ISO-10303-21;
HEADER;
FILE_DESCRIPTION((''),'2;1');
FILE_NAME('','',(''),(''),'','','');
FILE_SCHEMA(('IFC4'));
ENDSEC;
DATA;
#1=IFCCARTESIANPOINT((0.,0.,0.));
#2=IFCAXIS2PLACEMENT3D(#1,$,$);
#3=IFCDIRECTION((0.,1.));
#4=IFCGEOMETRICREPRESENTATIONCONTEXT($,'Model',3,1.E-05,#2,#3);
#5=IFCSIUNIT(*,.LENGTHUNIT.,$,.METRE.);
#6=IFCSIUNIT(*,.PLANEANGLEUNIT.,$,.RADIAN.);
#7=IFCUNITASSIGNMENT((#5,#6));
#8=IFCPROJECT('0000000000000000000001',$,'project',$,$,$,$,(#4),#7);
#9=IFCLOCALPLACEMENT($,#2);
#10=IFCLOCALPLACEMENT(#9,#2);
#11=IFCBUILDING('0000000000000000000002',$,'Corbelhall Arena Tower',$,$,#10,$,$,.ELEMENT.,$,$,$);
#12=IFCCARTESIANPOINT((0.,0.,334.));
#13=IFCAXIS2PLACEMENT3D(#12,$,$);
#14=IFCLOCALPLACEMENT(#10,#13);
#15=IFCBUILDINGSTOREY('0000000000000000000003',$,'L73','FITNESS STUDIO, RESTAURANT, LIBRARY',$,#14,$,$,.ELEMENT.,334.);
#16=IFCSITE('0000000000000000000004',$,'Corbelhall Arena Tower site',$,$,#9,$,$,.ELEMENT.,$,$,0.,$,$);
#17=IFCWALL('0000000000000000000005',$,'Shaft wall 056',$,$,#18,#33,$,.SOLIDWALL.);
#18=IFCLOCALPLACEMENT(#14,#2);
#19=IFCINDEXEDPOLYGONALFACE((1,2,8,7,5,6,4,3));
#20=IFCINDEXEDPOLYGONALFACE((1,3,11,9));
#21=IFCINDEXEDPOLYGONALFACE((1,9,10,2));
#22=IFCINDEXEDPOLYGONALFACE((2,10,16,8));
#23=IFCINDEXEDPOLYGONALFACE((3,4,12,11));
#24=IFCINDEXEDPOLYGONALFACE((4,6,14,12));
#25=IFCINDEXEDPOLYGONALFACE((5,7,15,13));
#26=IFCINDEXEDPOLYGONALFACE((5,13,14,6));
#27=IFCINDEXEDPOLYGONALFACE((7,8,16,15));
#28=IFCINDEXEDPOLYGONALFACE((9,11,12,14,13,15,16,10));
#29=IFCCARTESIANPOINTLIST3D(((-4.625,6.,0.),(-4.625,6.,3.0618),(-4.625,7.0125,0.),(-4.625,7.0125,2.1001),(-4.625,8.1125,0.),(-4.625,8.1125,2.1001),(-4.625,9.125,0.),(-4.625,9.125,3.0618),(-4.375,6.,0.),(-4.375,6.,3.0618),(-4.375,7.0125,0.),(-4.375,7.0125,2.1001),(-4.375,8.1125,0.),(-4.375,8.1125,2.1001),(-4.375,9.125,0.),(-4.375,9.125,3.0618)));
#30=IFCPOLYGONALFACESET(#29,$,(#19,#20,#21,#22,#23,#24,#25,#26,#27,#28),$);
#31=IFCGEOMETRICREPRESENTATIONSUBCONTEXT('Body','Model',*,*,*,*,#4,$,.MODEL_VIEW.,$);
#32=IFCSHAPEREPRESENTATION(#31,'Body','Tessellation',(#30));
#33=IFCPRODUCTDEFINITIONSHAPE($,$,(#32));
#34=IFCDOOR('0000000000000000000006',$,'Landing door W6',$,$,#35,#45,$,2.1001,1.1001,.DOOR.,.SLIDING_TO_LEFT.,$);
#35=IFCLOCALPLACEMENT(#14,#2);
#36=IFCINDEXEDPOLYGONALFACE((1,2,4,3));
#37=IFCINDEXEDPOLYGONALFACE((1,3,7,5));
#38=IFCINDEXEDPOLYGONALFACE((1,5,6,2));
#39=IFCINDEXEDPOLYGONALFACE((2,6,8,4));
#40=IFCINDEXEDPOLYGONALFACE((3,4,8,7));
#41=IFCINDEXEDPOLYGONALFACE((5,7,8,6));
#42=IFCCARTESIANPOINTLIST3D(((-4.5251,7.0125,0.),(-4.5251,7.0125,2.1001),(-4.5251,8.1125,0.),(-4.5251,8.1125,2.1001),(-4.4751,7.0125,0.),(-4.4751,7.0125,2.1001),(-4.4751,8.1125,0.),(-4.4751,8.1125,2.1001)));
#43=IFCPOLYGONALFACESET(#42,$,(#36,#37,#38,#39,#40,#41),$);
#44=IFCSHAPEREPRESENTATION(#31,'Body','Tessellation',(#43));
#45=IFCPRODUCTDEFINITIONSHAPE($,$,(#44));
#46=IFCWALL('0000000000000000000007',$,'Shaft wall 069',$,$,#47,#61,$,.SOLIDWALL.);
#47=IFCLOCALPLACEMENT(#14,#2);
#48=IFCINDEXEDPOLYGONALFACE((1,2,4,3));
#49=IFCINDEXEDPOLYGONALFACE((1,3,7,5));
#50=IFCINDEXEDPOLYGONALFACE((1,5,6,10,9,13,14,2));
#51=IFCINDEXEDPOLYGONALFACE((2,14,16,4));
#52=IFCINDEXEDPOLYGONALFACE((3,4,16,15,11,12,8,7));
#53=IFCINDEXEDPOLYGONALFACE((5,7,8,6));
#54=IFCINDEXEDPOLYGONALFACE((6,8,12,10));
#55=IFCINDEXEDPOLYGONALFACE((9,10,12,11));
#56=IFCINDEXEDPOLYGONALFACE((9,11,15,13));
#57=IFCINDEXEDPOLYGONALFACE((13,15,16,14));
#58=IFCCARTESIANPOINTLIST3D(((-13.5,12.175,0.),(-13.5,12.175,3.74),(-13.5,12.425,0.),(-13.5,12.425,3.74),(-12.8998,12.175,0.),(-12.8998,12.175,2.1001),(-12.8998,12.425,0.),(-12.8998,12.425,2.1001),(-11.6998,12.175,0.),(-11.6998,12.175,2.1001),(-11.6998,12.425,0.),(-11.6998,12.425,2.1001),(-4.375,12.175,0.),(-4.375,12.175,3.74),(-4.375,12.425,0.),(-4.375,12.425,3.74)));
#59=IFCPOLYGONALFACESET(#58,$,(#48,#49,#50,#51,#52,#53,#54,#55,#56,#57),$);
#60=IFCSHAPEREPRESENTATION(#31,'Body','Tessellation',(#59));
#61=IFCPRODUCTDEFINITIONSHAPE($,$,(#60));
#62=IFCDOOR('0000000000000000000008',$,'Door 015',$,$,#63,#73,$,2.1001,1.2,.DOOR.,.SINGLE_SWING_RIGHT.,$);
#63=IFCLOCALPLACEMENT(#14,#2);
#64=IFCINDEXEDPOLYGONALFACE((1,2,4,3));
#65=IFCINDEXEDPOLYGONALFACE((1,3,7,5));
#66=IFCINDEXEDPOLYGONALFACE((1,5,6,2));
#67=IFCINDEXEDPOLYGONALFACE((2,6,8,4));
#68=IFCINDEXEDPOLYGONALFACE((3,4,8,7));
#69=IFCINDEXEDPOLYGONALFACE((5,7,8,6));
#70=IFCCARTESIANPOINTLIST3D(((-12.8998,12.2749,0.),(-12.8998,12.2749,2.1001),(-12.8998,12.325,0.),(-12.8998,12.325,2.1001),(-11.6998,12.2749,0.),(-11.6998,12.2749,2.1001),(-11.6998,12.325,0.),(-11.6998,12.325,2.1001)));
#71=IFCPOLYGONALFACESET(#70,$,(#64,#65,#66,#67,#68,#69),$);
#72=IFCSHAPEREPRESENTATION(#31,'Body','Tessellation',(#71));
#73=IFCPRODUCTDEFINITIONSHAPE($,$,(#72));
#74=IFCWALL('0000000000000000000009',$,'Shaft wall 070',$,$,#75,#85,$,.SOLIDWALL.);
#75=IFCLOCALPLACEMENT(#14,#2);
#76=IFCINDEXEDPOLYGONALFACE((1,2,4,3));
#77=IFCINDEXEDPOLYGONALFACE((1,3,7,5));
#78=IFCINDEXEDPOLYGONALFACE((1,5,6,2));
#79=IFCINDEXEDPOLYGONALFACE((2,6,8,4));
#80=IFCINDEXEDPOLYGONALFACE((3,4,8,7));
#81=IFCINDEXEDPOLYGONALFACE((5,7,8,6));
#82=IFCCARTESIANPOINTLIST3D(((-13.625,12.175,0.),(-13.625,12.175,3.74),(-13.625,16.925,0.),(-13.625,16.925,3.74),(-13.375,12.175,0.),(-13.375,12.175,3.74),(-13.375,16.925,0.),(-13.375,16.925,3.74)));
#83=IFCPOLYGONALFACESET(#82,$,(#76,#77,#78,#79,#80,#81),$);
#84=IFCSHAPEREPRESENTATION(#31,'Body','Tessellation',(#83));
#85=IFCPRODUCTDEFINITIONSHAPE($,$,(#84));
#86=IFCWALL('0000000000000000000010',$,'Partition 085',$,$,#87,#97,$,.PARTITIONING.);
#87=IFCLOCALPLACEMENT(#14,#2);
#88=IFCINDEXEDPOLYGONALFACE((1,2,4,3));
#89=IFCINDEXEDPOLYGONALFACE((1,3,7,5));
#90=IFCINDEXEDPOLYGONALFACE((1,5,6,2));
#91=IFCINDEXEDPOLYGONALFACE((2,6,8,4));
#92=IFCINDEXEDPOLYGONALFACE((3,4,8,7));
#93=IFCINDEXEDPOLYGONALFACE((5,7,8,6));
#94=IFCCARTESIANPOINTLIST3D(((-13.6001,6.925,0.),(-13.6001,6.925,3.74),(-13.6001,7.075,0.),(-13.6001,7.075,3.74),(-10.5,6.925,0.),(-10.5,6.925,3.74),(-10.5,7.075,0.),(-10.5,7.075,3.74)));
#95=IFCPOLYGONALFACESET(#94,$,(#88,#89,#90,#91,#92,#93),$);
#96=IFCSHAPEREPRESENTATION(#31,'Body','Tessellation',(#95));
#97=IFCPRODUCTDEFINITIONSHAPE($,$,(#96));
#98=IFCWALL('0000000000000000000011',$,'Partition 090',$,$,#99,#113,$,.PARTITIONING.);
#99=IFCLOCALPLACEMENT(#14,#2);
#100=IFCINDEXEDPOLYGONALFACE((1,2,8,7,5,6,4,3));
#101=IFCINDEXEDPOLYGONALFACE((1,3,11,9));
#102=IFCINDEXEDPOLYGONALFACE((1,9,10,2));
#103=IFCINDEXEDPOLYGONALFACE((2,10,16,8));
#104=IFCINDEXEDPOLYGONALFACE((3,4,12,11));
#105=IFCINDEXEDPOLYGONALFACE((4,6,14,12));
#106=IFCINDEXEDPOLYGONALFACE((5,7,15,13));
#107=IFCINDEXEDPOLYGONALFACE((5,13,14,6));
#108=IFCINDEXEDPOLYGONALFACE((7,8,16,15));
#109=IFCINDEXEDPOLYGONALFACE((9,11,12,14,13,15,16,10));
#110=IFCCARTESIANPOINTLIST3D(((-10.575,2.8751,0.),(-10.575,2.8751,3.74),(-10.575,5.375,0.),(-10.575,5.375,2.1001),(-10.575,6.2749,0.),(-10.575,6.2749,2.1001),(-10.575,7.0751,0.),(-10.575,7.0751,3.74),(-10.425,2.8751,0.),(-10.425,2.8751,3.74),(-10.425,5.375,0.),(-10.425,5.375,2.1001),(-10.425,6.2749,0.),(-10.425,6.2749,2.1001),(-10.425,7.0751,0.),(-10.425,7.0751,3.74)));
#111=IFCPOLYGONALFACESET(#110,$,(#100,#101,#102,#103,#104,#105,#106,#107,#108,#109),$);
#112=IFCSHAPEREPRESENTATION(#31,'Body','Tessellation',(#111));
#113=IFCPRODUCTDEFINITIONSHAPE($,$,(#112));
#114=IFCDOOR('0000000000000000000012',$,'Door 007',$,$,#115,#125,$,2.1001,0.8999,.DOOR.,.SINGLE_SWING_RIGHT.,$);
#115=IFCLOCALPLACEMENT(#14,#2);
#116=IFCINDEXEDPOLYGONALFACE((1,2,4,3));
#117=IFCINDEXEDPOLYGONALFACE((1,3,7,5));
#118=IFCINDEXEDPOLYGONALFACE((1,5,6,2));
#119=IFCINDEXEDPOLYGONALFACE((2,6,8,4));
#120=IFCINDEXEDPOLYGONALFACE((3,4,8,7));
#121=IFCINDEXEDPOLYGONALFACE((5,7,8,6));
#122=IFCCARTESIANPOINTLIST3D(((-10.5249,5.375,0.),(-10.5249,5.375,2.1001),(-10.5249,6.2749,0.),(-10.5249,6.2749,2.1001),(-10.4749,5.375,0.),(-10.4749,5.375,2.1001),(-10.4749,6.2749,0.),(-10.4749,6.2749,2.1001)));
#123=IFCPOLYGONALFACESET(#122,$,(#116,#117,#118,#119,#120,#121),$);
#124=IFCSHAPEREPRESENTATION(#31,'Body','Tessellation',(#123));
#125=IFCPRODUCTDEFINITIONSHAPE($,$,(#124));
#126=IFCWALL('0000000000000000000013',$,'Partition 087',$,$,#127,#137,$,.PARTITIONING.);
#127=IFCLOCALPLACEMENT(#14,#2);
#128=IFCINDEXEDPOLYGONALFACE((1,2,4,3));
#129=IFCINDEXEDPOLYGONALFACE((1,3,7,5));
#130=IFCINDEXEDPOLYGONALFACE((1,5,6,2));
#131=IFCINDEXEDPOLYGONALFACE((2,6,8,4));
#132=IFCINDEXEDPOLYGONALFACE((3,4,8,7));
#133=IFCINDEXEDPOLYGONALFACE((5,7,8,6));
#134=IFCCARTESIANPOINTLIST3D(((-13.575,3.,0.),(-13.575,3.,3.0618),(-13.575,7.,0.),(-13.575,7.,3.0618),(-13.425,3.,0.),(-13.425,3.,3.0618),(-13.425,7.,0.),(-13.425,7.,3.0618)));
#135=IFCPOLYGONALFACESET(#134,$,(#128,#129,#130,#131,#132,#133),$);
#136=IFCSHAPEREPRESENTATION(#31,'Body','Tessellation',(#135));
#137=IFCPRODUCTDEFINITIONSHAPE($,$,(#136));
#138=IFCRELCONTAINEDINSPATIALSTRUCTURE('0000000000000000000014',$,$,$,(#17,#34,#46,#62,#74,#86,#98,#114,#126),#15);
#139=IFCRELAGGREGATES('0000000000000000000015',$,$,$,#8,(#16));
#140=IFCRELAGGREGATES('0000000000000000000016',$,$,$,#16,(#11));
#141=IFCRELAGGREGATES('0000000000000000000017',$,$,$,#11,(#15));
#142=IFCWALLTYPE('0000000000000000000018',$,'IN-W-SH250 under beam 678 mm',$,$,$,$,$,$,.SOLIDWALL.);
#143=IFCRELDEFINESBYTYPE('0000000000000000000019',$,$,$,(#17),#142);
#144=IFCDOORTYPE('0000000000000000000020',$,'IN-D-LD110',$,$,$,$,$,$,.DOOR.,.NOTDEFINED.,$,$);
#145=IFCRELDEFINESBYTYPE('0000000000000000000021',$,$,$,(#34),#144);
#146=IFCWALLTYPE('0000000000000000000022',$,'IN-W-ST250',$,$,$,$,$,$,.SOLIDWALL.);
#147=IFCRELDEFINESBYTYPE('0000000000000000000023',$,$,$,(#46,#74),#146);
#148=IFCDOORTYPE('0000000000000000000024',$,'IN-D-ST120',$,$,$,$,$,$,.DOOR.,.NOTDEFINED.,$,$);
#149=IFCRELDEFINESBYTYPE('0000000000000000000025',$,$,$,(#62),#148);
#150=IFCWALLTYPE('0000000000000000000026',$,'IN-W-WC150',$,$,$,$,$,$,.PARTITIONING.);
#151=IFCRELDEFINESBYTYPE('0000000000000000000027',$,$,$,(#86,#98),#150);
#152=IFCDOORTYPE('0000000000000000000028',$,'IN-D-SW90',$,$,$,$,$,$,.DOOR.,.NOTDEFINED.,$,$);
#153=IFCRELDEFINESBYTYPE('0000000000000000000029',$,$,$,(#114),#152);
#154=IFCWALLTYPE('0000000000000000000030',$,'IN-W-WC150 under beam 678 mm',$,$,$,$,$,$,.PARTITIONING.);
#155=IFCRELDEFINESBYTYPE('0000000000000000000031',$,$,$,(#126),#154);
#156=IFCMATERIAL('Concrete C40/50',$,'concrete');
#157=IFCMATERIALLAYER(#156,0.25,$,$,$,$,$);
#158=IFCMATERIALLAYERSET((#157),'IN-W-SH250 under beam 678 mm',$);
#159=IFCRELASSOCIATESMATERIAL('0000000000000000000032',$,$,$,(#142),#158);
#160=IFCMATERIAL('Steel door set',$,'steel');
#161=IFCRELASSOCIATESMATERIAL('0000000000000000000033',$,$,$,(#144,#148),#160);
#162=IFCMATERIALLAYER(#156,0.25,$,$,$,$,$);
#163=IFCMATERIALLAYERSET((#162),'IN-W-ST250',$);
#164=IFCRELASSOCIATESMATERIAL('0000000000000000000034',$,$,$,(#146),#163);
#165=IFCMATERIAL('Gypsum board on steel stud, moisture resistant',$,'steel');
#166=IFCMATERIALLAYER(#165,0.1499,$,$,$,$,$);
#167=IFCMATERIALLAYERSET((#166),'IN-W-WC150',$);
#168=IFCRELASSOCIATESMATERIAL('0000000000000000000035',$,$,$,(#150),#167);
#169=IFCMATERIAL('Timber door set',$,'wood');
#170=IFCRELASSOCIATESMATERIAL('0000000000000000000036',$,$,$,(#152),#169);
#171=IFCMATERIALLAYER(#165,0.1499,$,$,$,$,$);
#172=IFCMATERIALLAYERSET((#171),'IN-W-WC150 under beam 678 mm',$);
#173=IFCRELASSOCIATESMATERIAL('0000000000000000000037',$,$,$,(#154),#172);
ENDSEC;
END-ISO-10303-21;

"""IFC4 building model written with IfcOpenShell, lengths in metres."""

from ifc_helpers import new_model, si_unit, direction, frame, frame_2d, origin, place, context, subcontext, project, spatial, rectangle, extrude, material, layer, layer_set, type_object, element, fill, save


model = new_model("IFC4")

# Units and contexts
model_context = context("Model", 3, precision=1e-05, world=origin(), true_north=direction((0.0, 1.0)))
body_context = subcontext(model_context, "Body", "Model", "MODEL_VIEW")
ifc_project = project(units=[si_unit("LENGTHUNIT", "METRE"), si_unit("PLANEANGLEUNIT", "RADIAN")], contexts=[model_context])

# Site, building, storey
site_placement = place(None, origin())
site = spatial("IfcSite", under=ifc_project, at=site_placement, Name="Corbelhall Arena Tower site", CompositionType="ELEMENT", RefElevation=0.0)
building_placement = place(site_placement, origin())
building = spatial("IfcBuilding", under=site, at=building_placement, Name="Corbelhall Arena Tower", CompositionType="ELEMENT")
storey_placement = place(building_placement, frame((0.0, 0.0, 334.0)))
storey = spatial("IfcBuildingStorey", under=building, at=storey_placement, Name="L73", Description="FITNESS STUDIO, RESTAURANT, LIBRARY", CompositionType="ELEMENT", Elevation=334.0)

# Shared definitions
ifc_material_1 = material(Name="Steel door set", Category="steel")

# Shared definitions
ifc_material_2 = material(Name="Concrete C40/50", Category="concrete")

# Shared definitions
ifc_layer_1 = layer(ifc_material_2, 0.25)
ifc_layer_set_1 = layer_set([ifc_layer_1], Name="IN-W-SH250 under beam 678 mm")
wall_type_1 = type_object("IfcWallType", Name="IN-W-SH250 under beam 678 mm", PredefinedType="SOLIDWALL", material=ifc_layer_set_1)

# Walls, openings, doors
wall_1_placement = place(storey_placement, frame((-4.5, 9.125, 0.0), z_axis=(0.0, 0.0, 1.0), x_axis=(0.0, -1.0, 0.0)))
wall_1 = element("IfcWall", 1, at=wall_1_placement, inside=storey, type_object=wall_type_1, Name="Shaft wall 056", PredefinedType="SOLIDWALL", context=body_context, shape_type="SweptSolid", body=[
    extrude(rectangle(XDim=3.125, YDim=0.25, at=frame_2d((1.5625, 0.0))), origin(), (0.0, 0.0, 1.0), 3.0618),
])
opening_1_placement = place(wall_1_placement, frame((1.0125, 0.0, 0.0)))
opening_1 = element("IfcOpeningElement", 2, at=opening_1_placement, cuts=wall_1, PredefinedType="OPENING", context=body_context, shape_type="SweptSolid", body=[
    extrude(rectangle(XDim=1.1001, YDim=2.1001, at=frame_2d((0.55, 1.05))), frame((0.0, 0.125, 0.0), z_axis=(0.0, -1.0, 0.0), x_axis=(1.0, 0.0, 0.0)), (0.0, 0.0, 1.0), 0.25),
])
door_type_1 = type_object("IfcDoorType", Name="IN-D-LD110", OperationType="NOTDEFINED", PredefinedType="DOOR", material=ifc_material_1)
door_1_placement = place(opening_1_placement, origin())
door_1 = element("IfcDoor", 3, at=door_1_placement, inside=storey, type_object=door_type_1, Name="Landing door W6", OperationType="SLIDING_TO_LEFT", OverallHeight=2.1001, OverallWidth=1.1001, PredefinedType="DOOR", context=body_context, shape_type="SweptSolid", body=[
    extrude(rectangle(XDim=1.1001, YDim=2.1001, at=frame_2d((0.55, 1.05))), frame((0.0, 0.0249, 0.0), z_axis=(0.0, -1.0, 0.0), x_axis=(1.0, 0.0, 0.0)), (0.0, 0.0, 1.0), 0.05),
])
fill(opening_1, door_1)
ifc_layer_2 = layer(ifc_material_2, 0.25)
ifc_layer_set_2 = layer_set([ifc_layer_2], Name="IN-W-ST250")
wall_type_2 = type_object("IfcWallType", Name="IN-W-ST250", PredefinedType="SOLIDWALL", material=ifc_layer_set_2)
wall_2_placement = place(storey_placement, frame((-13.5, 12.3, 0.0), z_axis=(0.0, 0.0, 1.0), x_axis=(1.0, 0.0, 0.0)))
wall_2 = element("IfcWall", 4, at=wall_2_placement, inside=storey, type_object=wall_type_2, Name="Shaft wall 069", PredefinedType="SOLIDWALL", context=body_context, shape_type="SweptSolid", body=[
    extrude(rectangle(XDim=9.125, YDim=0.25, at=frame_2d((4.5625, 0.0))), origin(), (0.0, 0.0, 1.0), 3.74),
])
opening_2_placement = place(wall_2_placement, frame((0.6001, 0.0, 0.0)))
opening_2 = element("IfcOpeningElement", 5, at=opening_2_placement, cuts=wall_2, PredefinedType="OPENING", context=body_context, shape_type="SweptSolid", body=[
    extrude(rectangle(XDim=1.2, YDim=2.1001, at=frame_2d((0.6001, 1.05))), frame((0.0, 0.125, 0.0), z_axis=(0.0, -1.0, 0.0), x_axis=(1.0, 0.0, 0.0)), (0.0, 0.0, 1.0), 0.25),
])
door_type_2 = type_object("IfcDoorType", Name="IN-D-ST120", OperationType="NOTDEFINED", PredefinedType="DOOR", material=ifc_material_1)
door_2_placement = place(opening_2_placement, origin())
door_2 = element("IfcDoor", 6, at=door_2_placement, inside=storey, type_object=door_type_2, Name="Door 015", OperationType="SINGLE_SWING_RIGHT", OverallHeight=2.1001, OverallWidth=1.2, PredefinedType="DOOR", context=body_context, shape_type="SweptSolid", body=[
    extrude(rectangle(XDim=1.2, YDim=2.1001, at=frame_2d((0.6001, 1.05))), frame((0.0, 0.0249, 0.0), z_axis=(0.0, -1.0, 0.0), x_axis=(1.0, 0.0, 0.0)), (0.0, 0.0, 1.0), 0.05),
])
fill(opening_2, door_2)

# Walls
wall_3_placement = place(storey_placement, frame((-13.5, 12.175, 0.0), z_axis=(0.0, 0.0, 1.0), x_axis=(0.0, 1.0, 0.0)))
element("IfcWall", 7, at=wall_3_placement, inside=storey, type_object=wall_type_2, Name="Shaft wall 070", PredefinedType="SOLIDWALL", context=body_context, shape_type="SweptSolid", body=[
    extrude(rectangle(XDim=4.75, YDim=0.25, at=frame_2d((2.375, 0.0))), origin(), (0.0, 0.0, 1.0), 3.74),
])
ifc_material_3 = material(Name="Gypsum board on steel stud, moisture resistant", Category="steel")
ifc_layer_3 = layer(ifc_material_3, 0.1499)
ifc_layer_set_3 = layer_set([ifc_layer_3], Name="IN-W-WC150")
wall_type_3 = type_object("IfcWallType", Name="IN-W-WC150", PredefinedType="PARTITIONING", material=ifc_layer_set_3)
wall_4_placement = place(storey_placement, frame((-13.6001, 7.0, 0.0), z_axis=(0.0, 0.0, 1.0), x_axis=(1.0, 0.0, 0.0)))
element("IfcWall", 8, at=wall_4_placement, inside=storey, type_object=wall_type_3, Name="Partition 085", PredefinedType="PARTITIONING", context=body_context, shape_type="SweptSolid", body=[
    extrude(rectangle(XDim=3.1001, YDim=0.1499, at=frame_2d((1.55, 0.0))), origin(), (0.0, 0.0, 1.0), 3.74),
])

# Wall, opening, door
wall_5_placement = place(storey_placement, frame((-10.5, 2.875, 0.0), z_axis=(0.0, 0.0, 1.0), x_axis=(0.0, 1.0, 0.0)))
wall_5 = element("IfcWall", 9, at=wall_5_placement, inside=storey, type_object=wall_type_3, Name="Partition 090", PredefinedType="PARTITIONING", context=body_context, shape_type="SweptSolid", body=[
    extrude(rectangle(XDim=4.2, YDim=0.1499, at=frame_2d((2.1001, 0.0))), origin(), (0.0, 0.0, 1.0), 3.74),
])
opening_3_placement = place(wall_5_placement, frame((2.5, 0.0, 0.0)))
opening_3 = element("IfcOpeningElement", 10, at=opening_3_placement, cuts=wall_5, PredefinedType="OPENING", context=body_context, shape_type="SweptSolid", body=[
    extrude(rectangle(XDim=0.8999, YDim=2.1001, at=frame_2d((0.45, 1.05))), frame((0.0, 0.075, 0.0), z_axis=(0.0, -1.0, 0.0), x_axis=(1.0, 0.0, 0.0)), (0.0, 0.0, 1.0), 0.1499),
])
ifc_material_4 = material(Name="Timber door set", Category="wood")
door_type_3 = type_object("IfcDoorType", Name="IN-D-SW90", OperationType="NOTDEFINED", PredefinedType="DOOR", material=ifc_material_4)
door_3_placement = place(opening_3_placement, origin())
door_3 = element("IfcDoor", 11, at=door_3_placement, inside=storey, type_object=door_type_3, Name="Door 007", OperationType="SINGLE_SWING_RIGHT", OverallHeight=2.1001, OverallWidth=0.8999, PredefinedType="DOOR", context=body_context, shape_type="SweptSolid", body=[
    extrude(rectangle(XDim=0.8999, YDim=2.1001, at=frame_2d((0.45, 1.05))), frame((0.0, 0.0249, 0.0), z_axis=(0.0, -1.0, 0.0), x_axis=(1.0, 0.0, 0.0)), (0.0, 0.0, 1.0), 0.05),
])
fill(opening_3, door_3)

# Wall
ifc_layer_4 = layer(ifc_material_3, 0.1499)
ifc_layer_set_4 = layer_set([ifc_layer_4], Name="IN-W-WC150 under beam 678 mm")
wall_type_4 = type_object("IfcWallType", Name="IN-W-WC150 under beam 678 mm", PredefinedType="PARTITIONING", material=ifc_layer_set_4)
wall_6_placement = place(storey_placement, frame((-13.5, 3.0, 0.0), z_axis=(0.0, 0.0, 1.0), x_axis=(0.0, 1.0, 0.0)))
element("IfcWall", 12, at=wall_6_placement, inside=storey, type_object=wall_type_4, Name="Partition 087", PredefinedType="PARTITIONING", context=body_context, shape_type="SweptSolid", body=[
    extrude(rectangle(XDim=4.0, YDim=0.1499, at=frame_2d((2.0, 0.0))), origin(), (0.0, 0.0, 1.0), 3.0618),
])

save(model, "model.ifc")
